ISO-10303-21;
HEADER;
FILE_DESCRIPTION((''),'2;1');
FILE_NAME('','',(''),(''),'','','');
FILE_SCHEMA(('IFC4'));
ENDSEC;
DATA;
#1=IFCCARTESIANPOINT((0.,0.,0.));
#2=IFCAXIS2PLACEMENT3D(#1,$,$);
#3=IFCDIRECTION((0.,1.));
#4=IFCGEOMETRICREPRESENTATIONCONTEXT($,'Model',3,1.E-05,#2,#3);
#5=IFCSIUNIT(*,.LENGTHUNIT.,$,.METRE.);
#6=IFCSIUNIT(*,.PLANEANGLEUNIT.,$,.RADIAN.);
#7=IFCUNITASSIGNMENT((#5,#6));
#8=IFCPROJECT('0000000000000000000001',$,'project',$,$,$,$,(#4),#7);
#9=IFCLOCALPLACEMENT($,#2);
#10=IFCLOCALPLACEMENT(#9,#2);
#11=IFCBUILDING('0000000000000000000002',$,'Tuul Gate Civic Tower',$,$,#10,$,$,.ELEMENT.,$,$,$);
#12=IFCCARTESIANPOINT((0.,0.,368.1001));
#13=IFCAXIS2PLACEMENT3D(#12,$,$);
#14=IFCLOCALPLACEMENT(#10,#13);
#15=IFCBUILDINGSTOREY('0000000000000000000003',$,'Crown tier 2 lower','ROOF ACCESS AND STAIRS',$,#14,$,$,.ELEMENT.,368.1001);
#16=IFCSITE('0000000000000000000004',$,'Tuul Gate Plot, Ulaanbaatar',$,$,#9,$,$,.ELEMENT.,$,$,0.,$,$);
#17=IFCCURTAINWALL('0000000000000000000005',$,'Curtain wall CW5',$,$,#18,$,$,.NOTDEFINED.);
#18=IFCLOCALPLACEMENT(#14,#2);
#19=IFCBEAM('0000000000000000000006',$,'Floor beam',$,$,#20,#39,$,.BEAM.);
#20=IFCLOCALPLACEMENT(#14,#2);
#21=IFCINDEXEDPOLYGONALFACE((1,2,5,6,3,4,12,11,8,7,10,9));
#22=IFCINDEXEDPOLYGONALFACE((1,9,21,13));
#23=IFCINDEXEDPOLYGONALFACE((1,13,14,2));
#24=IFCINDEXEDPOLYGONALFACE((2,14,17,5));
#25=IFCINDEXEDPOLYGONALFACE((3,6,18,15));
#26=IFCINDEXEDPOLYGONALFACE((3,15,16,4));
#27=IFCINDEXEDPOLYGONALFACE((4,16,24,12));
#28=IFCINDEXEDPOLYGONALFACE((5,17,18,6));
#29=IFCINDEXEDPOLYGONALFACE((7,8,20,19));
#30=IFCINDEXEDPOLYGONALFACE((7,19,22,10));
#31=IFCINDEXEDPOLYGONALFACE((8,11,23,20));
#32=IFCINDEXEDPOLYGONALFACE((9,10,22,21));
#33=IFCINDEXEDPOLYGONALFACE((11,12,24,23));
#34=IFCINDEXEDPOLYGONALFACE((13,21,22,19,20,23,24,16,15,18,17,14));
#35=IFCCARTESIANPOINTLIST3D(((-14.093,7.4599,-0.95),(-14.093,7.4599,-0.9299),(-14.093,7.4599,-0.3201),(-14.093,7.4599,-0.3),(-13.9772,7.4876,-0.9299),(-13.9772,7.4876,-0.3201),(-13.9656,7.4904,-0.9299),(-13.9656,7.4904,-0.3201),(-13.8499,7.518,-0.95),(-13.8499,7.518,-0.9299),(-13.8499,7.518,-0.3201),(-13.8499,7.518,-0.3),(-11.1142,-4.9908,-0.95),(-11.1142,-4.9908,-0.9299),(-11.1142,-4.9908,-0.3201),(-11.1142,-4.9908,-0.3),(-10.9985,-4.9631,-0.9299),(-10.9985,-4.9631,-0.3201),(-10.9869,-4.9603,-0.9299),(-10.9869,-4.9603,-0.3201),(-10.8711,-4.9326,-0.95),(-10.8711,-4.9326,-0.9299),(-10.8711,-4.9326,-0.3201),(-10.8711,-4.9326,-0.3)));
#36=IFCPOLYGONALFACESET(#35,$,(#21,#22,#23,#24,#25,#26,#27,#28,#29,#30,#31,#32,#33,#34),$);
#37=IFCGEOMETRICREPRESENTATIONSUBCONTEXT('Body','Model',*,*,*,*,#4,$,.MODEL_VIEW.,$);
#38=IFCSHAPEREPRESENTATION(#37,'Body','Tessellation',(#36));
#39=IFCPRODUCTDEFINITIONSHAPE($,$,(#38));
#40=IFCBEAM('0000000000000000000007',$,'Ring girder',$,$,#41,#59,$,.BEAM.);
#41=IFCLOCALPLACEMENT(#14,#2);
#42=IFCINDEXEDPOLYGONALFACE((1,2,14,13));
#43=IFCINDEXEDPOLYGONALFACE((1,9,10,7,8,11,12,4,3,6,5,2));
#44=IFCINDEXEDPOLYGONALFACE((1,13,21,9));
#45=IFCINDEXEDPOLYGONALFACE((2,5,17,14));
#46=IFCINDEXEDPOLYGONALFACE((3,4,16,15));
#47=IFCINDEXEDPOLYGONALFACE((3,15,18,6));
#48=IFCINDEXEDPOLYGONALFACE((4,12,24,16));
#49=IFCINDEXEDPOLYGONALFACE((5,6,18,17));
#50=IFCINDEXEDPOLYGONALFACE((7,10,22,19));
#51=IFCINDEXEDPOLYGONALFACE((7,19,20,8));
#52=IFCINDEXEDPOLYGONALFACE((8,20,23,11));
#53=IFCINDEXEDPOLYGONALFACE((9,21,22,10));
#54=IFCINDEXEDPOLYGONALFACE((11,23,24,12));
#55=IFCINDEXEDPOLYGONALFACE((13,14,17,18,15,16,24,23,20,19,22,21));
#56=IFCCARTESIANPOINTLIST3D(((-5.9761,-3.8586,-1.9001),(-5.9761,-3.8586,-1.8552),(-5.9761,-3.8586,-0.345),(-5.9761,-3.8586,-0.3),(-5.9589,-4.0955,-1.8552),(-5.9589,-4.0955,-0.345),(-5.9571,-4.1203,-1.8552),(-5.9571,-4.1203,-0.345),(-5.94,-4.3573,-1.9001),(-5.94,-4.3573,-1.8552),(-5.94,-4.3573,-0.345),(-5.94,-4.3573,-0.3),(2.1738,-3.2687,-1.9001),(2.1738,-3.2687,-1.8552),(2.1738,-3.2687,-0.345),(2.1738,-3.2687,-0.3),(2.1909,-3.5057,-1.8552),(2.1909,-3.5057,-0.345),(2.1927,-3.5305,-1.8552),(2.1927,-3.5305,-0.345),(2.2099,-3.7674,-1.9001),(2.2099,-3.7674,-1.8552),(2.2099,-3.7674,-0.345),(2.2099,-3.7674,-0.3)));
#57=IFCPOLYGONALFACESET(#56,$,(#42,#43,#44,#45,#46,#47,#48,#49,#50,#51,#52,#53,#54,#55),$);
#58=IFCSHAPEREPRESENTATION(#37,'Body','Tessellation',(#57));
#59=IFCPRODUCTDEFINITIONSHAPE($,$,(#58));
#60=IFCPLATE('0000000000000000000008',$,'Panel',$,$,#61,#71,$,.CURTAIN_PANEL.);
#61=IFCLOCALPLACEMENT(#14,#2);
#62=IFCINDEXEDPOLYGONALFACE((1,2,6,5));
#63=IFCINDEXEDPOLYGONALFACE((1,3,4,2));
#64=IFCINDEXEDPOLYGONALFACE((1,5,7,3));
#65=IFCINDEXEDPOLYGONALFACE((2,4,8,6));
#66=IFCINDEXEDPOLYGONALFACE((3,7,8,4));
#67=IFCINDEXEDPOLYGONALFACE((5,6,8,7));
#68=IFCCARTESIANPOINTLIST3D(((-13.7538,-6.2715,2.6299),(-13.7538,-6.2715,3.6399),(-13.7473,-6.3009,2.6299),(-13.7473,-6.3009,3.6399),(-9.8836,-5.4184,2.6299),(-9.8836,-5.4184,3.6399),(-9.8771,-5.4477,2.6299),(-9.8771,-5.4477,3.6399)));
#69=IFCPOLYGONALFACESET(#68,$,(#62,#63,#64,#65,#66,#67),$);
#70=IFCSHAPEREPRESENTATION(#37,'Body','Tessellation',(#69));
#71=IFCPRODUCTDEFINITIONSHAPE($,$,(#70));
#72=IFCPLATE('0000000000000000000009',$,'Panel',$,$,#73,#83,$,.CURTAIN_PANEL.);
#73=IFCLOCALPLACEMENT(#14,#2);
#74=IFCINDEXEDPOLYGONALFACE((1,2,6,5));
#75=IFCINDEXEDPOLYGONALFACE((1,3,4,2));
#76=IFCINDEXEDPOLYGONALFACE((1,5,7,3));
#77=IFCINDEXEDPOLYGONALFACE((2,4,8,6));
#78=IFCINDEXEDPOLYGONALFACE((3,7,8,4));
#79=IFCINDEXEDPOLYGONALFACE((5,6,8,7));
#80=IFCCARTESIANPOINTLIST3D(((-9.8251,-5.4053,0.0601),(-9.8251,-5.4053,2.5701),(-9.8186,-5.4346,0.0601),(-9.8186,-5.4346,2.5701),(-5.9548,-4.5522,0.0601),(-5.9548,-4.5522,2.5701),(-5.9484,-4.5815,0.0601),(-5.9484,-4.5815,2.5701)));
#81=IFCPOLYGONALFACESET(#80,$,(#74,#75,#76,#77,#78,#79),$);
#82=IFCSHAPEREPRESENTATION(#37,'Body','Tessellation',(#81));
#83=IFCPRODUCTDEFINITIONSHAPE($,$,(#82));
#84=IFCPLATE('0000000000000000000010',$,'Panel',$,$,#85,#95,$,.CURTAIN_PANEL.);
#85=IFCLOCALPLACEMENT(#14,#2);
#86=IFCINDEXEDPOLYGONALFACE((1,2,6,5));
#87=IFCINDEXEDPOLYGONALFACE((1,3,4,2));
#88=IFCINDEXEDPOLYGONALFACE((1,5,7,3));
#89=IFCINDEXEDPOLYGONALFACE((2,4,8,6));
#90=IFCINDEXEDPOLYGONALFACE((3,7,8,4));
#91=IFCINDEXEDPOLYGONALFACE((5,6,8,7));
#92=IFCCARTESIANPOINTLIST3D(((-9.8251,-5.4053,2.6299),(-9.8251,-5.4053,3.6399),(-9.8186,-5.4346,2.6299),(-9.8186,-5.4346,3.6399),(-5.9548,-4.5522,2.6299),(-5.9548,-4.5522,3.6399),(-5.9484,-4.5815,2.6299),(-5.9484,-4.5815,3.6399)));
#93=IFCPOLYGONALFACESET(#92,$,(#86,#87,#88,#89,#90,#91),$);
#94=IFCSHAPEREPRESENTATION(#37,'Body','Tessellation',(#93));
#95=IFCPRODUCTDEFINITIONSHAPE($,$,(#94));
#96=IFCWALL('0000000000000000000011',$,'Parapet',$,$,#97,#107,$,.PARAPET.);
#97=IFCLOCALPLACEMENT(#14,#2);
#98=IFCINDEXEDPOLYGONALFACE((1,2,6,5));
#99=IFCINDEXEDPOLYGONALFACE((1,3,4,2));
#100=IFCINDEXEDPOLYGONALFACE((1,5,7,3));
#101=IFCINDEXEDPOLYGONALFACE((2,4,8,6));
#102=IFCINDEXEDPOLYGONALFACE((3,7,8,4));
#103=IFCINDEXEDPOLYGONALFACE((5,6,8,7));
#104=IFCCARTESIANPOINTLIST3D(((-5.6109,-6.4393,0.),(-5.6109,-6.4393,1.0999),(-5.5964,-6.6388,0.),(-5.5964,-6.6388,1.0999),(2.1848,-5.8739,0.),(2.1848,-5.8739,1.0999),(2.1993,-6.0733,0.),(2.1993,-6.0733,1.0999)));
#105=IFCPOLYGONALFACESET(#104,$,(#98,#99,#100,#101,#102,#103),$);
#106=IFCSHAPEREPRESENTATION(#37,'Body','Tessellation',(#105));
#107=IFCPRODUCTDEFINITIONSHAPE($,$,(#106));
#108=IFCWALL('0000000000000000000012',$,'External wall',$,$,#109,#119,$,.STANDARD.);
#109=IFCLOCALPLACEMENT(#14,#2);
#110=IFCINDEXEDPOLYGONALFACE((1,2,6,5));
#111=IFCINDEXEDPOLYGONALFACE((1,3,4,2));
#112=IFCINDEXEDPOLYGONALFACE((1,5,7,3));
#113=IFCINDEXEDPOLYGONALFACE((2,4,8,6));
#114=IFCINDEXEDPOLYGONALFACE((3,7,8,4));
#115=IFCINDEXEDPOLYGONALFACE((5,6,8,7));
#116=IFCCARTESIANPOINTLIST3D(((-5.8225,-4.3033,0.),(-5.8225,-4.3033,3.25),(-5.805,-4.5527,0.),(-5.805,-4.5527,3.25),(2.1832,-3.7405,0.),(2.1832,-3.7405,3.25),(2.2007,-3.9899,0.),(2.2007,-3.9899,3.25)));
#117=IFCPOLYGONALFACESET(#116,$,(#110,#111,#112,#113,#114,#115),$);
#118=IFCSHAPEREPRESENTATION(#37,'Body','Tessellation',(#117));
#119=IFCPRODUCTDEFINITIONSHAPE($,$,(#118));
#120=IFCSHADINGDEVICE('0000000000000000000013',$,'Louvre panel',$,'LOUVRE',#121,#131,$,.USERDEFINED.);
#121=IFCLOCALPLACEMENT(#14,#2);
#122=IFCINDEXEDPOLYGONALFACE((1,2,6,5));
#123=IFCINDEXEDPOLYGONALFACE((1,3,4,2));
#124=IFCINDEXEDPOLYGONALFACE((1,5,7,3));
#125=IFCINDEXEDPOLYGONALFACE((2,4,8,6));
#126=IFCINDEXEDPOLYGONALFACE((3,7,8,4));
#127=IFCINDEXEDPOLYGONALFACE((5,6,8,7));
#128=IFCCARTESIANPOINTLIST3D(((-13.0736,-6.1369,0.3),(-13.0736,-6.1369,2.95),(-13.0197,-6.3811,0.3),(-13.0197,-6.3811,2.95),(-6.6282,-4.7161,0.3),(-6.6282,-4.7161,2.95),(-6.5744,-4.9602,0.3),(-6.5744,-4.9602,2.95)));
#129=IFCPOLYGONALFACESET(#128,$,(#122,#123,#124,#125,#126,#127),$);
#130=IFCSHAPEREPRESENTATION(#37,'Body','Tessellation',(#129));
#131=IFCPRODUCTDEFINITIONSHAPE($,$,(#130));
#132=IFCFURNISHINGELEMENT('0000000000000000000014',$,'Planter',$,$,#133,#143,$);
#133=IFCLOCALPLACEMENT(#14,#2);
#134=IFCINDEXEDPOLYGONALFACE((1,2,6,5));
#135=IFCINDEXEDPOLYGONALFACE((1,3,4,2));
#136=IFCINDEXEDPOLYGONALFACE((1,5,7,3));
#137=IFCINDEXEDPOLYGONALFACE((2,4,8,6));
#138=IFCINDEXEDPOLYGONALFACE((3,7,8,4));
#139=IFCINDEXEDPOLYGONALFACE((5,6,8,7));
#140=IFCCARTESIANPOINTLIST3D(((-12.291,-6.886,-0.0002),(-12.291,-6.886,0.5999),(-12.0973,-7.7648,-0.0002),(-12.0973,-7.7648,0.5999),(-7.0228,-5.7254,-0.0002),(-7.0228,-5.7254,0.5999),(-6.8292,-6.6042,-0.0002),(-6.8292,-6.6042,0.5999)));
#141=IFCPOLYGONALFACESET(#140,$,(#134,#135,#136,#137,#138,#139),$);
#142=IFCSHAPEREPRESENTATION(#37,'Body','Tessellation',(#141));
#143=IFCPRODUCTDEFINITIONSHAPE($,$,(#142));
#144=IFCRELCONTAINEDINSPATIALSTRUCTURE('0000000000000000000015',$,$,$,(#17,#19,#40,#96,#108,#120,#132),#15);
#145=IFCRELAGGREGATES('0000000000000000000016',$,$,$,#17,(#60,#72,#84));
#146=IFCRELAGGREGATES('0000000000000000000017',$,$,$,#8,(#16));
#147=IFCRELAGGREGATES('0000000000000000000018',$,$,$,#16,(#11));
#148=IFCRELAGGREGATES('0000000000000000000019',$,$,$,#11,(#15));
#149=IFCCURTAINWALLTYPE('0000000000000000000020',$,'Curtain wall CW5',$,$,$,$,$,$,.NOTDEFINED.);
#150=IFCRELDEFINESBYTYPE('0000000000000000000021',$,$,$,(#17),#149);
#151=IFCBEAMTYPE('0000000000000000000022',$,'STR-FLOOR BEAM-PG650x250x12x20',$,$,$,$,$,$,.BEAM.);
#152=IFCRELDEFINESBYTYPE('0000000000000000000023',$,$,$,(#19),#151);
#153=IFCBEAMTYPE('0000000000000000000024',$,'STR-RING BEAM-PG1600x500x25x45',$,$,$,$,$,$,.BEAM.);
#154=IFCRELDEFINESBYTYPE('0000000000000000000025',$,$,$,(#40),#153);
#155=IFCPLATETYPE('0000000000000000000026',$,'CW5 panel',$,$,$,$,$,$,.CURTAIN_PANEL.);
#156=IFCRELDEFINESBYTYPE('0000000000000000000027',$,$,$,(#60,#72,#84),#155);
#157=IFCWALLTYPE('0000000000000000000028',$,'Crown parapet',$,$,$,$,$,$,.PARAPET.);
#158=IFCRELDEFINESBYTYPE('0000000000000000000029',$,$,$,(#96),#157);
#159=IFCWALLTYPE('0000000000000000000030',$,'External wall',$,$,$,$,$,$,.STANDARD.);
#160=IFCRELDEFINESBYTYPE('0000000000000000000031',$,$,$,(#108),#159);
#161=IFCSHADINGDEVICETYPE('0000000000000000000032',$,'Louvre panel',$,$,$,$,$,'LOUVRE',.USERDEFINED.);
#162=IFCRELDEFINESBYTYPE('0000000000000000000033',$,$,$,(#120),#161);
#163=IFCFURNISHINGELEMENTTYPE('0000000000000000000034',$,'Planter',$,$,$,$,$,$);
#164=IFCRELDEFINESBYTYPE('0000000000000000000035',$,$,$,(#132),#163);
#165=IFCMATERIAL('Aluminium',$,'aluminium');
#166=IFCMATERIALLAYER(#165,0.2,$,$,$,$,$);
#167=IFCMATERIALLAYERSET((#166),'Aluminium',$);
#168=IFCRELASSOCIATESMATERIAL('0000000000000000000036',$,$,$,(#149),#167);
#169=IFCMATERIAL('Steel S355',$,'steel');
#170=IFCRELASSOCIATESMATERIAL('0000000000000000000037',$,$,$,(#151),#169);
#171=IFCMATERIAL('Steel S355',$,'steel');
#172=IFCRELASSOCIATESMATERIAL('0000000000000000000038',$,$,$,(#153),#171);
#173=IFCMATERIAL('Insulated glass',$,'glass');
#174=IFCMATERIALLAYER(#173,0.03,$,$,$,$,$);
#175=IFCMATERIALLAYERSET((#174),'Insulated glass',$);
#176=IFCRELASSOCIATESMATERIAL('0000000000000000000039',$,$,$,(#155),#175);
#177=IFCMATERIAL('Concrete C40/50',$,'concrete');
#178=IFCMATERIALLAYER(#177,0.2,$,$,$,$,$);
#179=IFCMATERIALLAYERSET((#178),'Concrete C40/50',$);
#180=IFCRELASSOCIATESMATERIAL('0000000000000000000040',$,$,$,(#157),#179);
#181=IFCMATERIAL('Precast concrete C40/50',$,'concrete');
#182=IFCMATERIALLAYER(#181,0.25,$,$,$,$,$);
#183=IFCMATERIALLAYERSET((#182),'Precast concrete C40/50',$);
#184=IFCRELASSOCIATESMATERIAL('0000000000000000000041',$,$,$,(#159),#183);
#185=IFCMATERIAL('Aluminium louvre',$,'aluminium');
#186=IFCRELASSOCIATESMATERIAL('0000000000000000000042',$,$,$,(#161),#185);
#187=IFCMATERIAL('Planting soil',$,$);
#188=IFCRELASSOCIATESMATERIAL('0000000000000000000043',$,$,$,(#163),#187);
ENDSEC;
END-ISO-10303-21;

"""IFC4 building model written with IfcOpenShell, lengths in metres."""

from ifc_helpers import new_model, si_unit, direction, frame, frame_2d, origin, origin_2d, place, context, subcontext, project, spatial, rectangle, i_section, extrude, material, layer, layer_set, material_profile, profile_set, type_object, element, aggregate, save


model = new_model("IFC4")

# Units and contexts
model_context = context("Model", 3, precision=1e-05, world=origin(), true_north=direction((0.0, 1.0)))
body_context = subcontext(model_context, "Body", "Model", "MODEL_VIEW")
ifc_project = project(units=[si_unit("LENGTHUNIT", "METRE"), si_unit("PLANEANGLEUNIT", "RADIAN")], contexts=[model_context])

# Site, building, storey
site_placement = place(None, origin())
site = spatial("IfcSite", under=ifc_project, at=site_placement, Name="Tuul Gate Plot, Ulaanbaatar", CompositionType="ELEMENT", RefElevation=0.0)
building_placement = place(site_placement, origin())
building = spatial("IfcBuilding", under=site, at=building_placement, Name="Tuul Gate Civic Tower", CompositionType="ELEMENT")
storey_placement = place(building_placement, frame((0.0, 0.0, 368.1001)))
storey = spatial("IfcBuildingStorey", under=building, at=storey_placement, Name="Crown tier 2 lower", Description="ROOF ACCESS AND STAIRS", CompositionType="ELEMENT", Elevation=368.1001)

# Curtain wall
ifc_material_1 = material(Name="Aluminium", Category="aluminium")
ifc_layer_1 = layer(ifc_material_1, 0.2)
ifc_layer_set_1 = layer_set([ifc_layer_1], Name="Aluminium")
curtain_wall_type = type_object("IfcCurtainWallType", Name="Curtain wall CW5", PredefinedType="NOTDEFINED", material=ifc_layer_set_1)
curtain_wall_1_placement = place(storey_placement, origin())
curtain_wall_1 = element("IfcCurtainWall", 1, at=curtain_wall_1_placement, inside=storey, type_object=curtain_wall_type, Name="Curtain wall CW5", PredefinedType="NOTDEFINED")

# Beams
ifc_material_2 = material(Name="Steel S355", Category="steel")
ifc_material_profile_1 = material_profile(ifc_material_2, i_section(OverallWidth=0.25, OverallDepth=0.6499, WebThickness=0.012, FlangeThickness=0.02, at=origin_2d()), Name="PG650x250x12x20")
ifc_profile_set_1 = profile_set([ifc_material_profile_1], Name="Steel S355")
beam_type_1 = type_object("IfcBeamType", Name="STR-FLOOR BEAM-PG650x250x12x20", PredefinedType="BEAM", material=ifc_profile_set_1)
beam_1_placement = place(storey_placement, frame((-10.9927, -4.9617, -0.625), z_axis=(-0.232678, 0.972554, 0.0), x_axis=(-0.972554, -0.232678, 0.0)))
element("IfcBeam", 2, at=beam_1_placement, inside=storey, type_object=beam_type_1, Name="Floor beam", PredefinedType="BEAM", context=body_context, shape_type="SweptSolid", body=[
    extrude(i_section(OverallWidth=0.25, OverallDepth=0.6499, WebThickness=0.012, FlangeThickness=0.02, at=origin_2d()), origin(), (0.0, 0.0, 1.0), 12.802),
])
ifc_material_3 = material(Name="Steel S355", Category="steel")
ifc_material_profile_2 = material_profile(ifc_material_3, i_section(OverallWidth=0.5, OverallDepth=1.6001, WebThickness=0.0249, FlangeThickness=0.0449, at=origin_2d()), Name="PG1600x500x25x45")
ifc_profile_set_2 = profile_set([ifc_material_profile_2], Name="Steel S355")
beam_type_2 = type_object("IfcBeamType", Name="STR-RING BEAM-PG1600x500x25x45", PredefinedType="BEAM", material=ifc_profile_set_2)
beam_2_placement = place(storey_placement, frame((-5.958, -4.1079, -1.1001), z_axis=(0.997391, 0.072186, 0.0), x_axis=(-0.072186, 0.997391, 0.0)))
element("IfcBeam", 3, at=beam_2_placement, inside=storey, type_object=beam_type_2, Name="Ring girder", PredefinedType="BEAM", context=body_context, shape_type="SweptSolid", body=[
    extrude(i_section(OverallWidth=0.5, OverallDepth=1.6001, WebThickness=0.0249, FlangeThickness=0.0449, at=origin_2d()), origin(), (0.0, 0.0, 1.0), 8.1711),
])

# Plates
ifc_material_4 = material(Name="Insulated glass", Category="glass")
ifc_layer_2 = layer(ifc_material_4, 0.03)
ifc_layer_set_2 = layer_set([ifc_layer_2], Name="Insulated glass")
plate_type = type_object("IfcPlateType", Name="CW5 panel", PredefinedType="CURTAIN_PANEL", material=ifc_layer_set_2)
plate_1_placement = place(storey_placement, frame((-11.8154, -5.8596, 2.6299), z_axis=(0.0, 0.0, 1.0), x_axis=(0.976554, 0.215271, 0.0)))
plate_1 = element("IfcPlate", 4, at=plate_1_placement, type_object=plate_type, Name="Panel", PredefinedType="CURTAIN_PANEL", context=body_context, shape_type="SweptSolid", body=[
    extrude(rectangle(XDim=3.9631, YDim=0.03, at=origin_2d()), origin(), (0.0, 0.0, 1.0), 1.01),
])
plate_2_placement = place(storey_placement, frame((-7.8867, -4.9934, 0.0601), z_axis=(0.0, 0.0, 1.0), x_axis=(0.976554, 0.215271, 0.0)))
plate_2 = element("IfcPlate", 5, at=plate_2_placement, type_object=plate_type, Name="Panel", PredefinedType="CURTAIN_PANEL", context=body_context, shape_type="SweptSolid", body=[
    extrude(rectangle(XDim=3.9631, YDim=0.03, at=origin_2d()), origin(), (0.0, 0.0, 1.0), 2.51),
])
plate_3_placement = place(storey_placement, frame((-7.8867, -4.9934, 2.6299), z_axis=(0.0, 0.0, 1.0), x_axis=(0.976554, 0.215271, 0.0)))
plate_3 = element("IfcPlate", 6, at=plate_3_placement, type_object=plate_type, Name="Panel", PredefinedType="CURTAIN_PANEL", context=body_context, shape_type="SweptSolid", body=[
    extrude(rectangle(XDim=3.9631, YDim=0.03, at=origin_2d()), origin(), (0.0, 0.0, 1.0), 1.01),
])
aggregate(curtain_wall_1, [plate_1, plate_2, plate_3])

# Walls
ifc_material_5 = material(Name="Concrete C40/50", Category="concrete")
ifc_layer_3 = layer(ifc_material_5, 0.2)
ifc_layer_set_3 = layer_set([ifc_layer_3], Name="Concrete C40/50")
wall_type_1 = type_object("IfcWallType", Name="Crown parapet", PredefinedType="PARAPET", material=ifc_layer_set_3)
wall_1_placement = place(storey_placement, frame((-5.6038, -6.5391, 0.0), z_axis=(0.0, 0.0, 1.0), x_axis=(0.99738, 0.072341, 0.0)))
element("IfcWall", 7, at=wall_1_placement, inside=storey, type_object=wall_type_1, Name="Parapet", PredefinedType="PARAPET", context=body_context, shape_type="SweptSolid", body=[
    extrude(rectangle(XDim=7.8162, YDim=0.2, at=frame_2d((3.9082, 0.0))), origin(), (0.0, 0.0, 1.0), 1.0999),
])
ifc_material_6 = material(Name="Precast concrete C40/50", Category="concrete")
ifc_layer_4 = layer(ifc_material_6, 0.25)
ifc_layer_set_4 = layer_set([ifc_layer_4], Name="Precast concrete C40/50")
wall_type_2 = type_object("IfcWallType", Name="External wall", PredefinedType="STANDARD", material=ifc_layer_set_4)
wall_2_placement = place(storey_placement, frame((-5.8137, -4.428, 0.0), z_axis=(0.0, 0.0, 1.0), x_axis=(0.997539, 0.070121, 0.0)))
element("IfcWall", 8, at=wall_2_placement, inside=storey, type_object=wall_type_2, Name="External wall", PredefinedType="STANDARD", context=body_context, shape_type="SweptSolid", body=[
    extrude(rectangle(XDim=8.0254, YDim=0.25, at=frame_2d((4.0127, 0.0))), origin(), (0.0, 0.0, 1.0), 3.25),
])

# Shading device
ifc_material_7 = material(Name="Aluminium louvre", Category="aluminium")
shading_device_type = type_object("IfcShadingDeviceType", Name="Louvre panel", ElementType="LOUVRE", PredefinedType="USERDEFINED", material=ifc_material_7)
shading_device_placement = place(storey_placement, frame((-9.824, -5.5486, 0.3), z_axis=(0.0, 0.0, 1.0), x_axis=(0.215271, -0.976554, 0.0)))
element("IfcShadingDevice", 9, at=shading_device_placement, inside=storey, type_object=shading_device_type, Name="Louvre panel", ObjectType="LOUVRE", PredefinedType="USERDEFINED", context=body_context, shape_type="SweptSolid", body=[
    extrude(rectangle(XDim=0.25, YDim=6.6001, at=origin_2d()), origin(), (0.0, 0.0, 1.0), 2.6499),
])

# Furnishing element
ifc_material_8 = material(Name="Planting soil")
furnishing_element_type = type_object("IfcFurnishingElementType", Name="Planter", material=ifc_material_8)
furnishing_placement = place(storey_placement, frame((-9.5601, -6.7451, -0.0002), z_axis=(0.0, 0.0, 1.0), x_axis=(0.976581, 0.215151, 0.0)))
element("IfcFurnishingElement", 10, at=furnishing_placement, inside=storey, type_object=furnishing_element_type, Name="Planter", context=body_context, shape_type="SweptSolid", body=[
    extrude(rectangle(XDim=5.3945, YDim=0.8999, at=origin_2d()), origin(), (0.0, 0.0, 1.0), 0.6001),
])

save(model, "model.ifc")
